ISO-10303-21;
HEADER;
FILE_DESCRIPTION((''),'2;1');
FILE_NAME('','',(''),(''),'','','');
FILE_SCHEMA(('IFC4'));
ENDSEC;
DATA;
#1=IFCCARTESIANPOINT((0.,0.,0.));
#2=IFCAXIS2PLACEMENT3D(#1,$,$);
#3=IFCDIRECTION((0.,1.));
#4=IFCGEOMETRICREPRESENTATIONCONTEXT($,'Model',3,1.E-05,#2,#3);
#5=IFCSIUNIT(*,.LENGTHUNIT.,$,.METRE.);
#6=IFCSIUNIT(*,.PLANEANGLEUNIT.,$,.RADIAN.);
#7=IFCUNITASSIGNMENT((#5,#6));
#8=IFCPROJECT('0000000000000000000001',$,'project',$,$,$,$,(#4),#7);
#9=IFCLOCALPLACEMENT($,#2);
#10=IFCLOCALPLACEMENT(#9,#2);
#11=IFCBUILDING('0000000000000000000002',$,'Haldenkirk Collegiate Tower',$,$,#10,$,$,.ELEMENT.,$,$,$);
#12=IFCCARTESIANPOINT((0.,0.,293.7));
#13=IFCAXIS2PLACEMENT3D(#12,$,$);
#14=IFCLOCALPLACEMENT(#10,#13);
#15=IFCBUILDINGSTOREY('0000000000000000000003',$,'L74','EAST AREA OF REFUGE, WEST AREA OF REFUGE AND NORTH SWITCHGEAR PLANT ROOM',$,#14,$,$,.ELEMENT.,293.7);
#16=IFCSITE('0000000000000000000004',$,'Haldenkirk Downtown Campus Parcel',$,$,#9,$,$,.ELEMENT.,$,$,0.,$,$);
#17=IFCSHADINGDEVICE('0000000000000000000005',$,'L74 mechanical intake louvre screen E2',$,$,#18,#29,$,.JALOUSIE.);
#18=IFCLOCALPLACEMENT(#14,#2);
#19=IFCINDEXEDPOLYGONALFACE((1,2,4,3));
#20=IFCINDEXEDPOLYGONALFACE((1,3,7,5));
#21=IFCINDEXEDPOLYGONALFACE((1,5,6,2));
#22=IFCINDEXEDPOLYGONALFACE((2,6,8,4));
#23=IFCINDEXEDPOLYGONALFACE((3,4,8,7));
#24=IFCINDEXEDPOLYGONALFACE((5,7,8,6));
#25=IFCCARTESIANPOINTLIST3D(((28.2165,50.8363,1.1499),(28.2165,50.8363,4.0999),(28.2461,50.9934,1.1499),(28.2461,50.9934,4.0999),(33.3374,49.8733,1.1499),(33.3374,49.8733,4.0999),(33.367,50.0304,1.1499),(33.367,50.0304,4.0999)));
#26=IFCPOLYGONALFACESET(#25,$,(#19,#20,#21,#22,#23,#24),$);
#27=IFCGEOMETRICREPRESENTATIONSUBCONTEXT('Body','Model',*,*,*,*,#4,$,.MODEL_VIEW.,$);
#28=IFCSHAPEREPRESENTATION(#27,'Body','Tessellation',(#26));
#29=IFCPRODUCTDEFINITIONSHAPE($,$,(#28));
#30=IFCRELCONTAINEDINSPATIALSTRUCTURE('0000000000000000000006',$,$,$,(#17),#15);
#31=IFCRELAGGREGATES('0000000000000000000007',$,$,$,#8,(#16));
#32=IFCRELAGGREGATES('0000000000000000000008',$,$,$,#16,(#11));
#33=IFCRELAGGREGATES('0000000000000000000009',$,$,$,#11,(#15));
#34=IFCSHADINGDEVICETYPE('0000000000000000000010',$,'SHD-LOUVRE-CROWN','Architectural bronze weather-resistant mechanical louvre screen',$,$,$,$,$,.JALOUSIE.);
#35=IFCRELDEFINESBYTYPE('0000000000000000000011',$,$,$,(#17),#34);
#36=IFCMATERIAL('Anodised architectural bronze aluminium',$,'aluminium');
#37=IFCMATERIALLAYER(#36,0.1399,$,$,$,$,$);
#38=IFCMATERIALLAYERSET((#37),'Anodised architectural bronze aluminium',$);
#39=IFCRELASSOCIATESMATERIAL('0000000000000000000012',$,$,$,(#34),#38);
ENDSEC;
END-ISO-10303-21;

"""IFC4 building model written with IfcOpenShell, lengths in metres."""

from ifc_helpers import new_model, si_unit, direction, frame, origin, origin_2d, place, context, subcontext, project, spatial, rectangle, extrude, source, transform, mapped, material, layer, layer_set, type_object, element, save


model = new_model("IFC4")

# Units and contexts
model_context = context("Model", 3, precision=1e-05, world=origin(), true_north=direction((0.0, 1.0)))
body_context = subcontext(model_context, "Body", "Model", "MODEL_VIEW")
ifc_project = project(units=[si_unit("LENGTHUNIT", "METRE"), si_unit("PLANEANGLEUNIT", "RADIAN")], contexts=[model_context])

# Site, building, storey
site_placement = place(None, origin())
site = spatial("IfcSite", under=ifc_project, at=site_placement, Name="Haldenkirk Downtown Campus Parcel", CompositionType="ELEMENT", RefElevation=0.0)
building_placement = place(site_placement, origin())
building = spatial("IfcBuilding", under=site, at=building_placement, Name="Haldenkirk Collegiate Tower", CompositionType="ELEMENT")
storey_placement = place(building_placement, frame((0.0, 0.0, 293.7)))
storey = spatial("IfcBuildingStorey", under=building, at=storey_placement, Name="L74", Description="EAST AREA OF REFUGE, WEST AREA OF REFUGE AND NORTH SWITCHGEAR PLANT ROOM", CompositionType="ELEMENT", Elevation=293.7)

# Shading device
ifc_material_1 = material(Name="Anodised architectural bronze aluminium", Category="aluminium")
ifc_layer_1 = layer(ifc_material_1, 0.1399)
ifc_layer_set_1 = layer_set([ifc_layer_1], Name="Anodised architectural bronze aluminium")
shading_device_type = type_object("IfcShadingDeviceType", Name="SHD-LOUVRE-CROWN", Description="Architectural bronze weather-resistant mechanical louvre screen", PredefinedType="JALOUSIE", material=ifc_layer_set_1)
shared_shape_1 = source(origin(), body_context, "Body", "SweptSolid", [
    extrude(rectangle(XDim=5.2107, YDim=0.1599, at=origin_2d()), origin(), (0.0, 0.0, 1.0), 2.95),
])
for number, where, z_axis, x_axis, name in (
    (1, (30.7917, 50.4333, 1.1499), (0.0, 0.0, 1.0), (0.982774, -0.184809, 0.0), "L74 mechanical intake louvre screen E2"),
):
    element("IfcShadingDevice", number, at=place(storey_placement, frame(where, z_axis=z_axis, x_axis=x_axis)), inside=storey, type_object=shading_device_type, Name=name, PredefinedType="JALOUSIE", context=body_context, shape_type="MappedRepresentation", body=[
        mapped(shared_shape_1, transform((0.0, 0.0, 0.0), x_axis=(1.0, 0.0, 0.0), y_axis=(0.0, 1.0, 0.0), z_axis=(0.0, 0.0, 1.0), scale=1.0)),
    ])

save(model, "model.ifc")
